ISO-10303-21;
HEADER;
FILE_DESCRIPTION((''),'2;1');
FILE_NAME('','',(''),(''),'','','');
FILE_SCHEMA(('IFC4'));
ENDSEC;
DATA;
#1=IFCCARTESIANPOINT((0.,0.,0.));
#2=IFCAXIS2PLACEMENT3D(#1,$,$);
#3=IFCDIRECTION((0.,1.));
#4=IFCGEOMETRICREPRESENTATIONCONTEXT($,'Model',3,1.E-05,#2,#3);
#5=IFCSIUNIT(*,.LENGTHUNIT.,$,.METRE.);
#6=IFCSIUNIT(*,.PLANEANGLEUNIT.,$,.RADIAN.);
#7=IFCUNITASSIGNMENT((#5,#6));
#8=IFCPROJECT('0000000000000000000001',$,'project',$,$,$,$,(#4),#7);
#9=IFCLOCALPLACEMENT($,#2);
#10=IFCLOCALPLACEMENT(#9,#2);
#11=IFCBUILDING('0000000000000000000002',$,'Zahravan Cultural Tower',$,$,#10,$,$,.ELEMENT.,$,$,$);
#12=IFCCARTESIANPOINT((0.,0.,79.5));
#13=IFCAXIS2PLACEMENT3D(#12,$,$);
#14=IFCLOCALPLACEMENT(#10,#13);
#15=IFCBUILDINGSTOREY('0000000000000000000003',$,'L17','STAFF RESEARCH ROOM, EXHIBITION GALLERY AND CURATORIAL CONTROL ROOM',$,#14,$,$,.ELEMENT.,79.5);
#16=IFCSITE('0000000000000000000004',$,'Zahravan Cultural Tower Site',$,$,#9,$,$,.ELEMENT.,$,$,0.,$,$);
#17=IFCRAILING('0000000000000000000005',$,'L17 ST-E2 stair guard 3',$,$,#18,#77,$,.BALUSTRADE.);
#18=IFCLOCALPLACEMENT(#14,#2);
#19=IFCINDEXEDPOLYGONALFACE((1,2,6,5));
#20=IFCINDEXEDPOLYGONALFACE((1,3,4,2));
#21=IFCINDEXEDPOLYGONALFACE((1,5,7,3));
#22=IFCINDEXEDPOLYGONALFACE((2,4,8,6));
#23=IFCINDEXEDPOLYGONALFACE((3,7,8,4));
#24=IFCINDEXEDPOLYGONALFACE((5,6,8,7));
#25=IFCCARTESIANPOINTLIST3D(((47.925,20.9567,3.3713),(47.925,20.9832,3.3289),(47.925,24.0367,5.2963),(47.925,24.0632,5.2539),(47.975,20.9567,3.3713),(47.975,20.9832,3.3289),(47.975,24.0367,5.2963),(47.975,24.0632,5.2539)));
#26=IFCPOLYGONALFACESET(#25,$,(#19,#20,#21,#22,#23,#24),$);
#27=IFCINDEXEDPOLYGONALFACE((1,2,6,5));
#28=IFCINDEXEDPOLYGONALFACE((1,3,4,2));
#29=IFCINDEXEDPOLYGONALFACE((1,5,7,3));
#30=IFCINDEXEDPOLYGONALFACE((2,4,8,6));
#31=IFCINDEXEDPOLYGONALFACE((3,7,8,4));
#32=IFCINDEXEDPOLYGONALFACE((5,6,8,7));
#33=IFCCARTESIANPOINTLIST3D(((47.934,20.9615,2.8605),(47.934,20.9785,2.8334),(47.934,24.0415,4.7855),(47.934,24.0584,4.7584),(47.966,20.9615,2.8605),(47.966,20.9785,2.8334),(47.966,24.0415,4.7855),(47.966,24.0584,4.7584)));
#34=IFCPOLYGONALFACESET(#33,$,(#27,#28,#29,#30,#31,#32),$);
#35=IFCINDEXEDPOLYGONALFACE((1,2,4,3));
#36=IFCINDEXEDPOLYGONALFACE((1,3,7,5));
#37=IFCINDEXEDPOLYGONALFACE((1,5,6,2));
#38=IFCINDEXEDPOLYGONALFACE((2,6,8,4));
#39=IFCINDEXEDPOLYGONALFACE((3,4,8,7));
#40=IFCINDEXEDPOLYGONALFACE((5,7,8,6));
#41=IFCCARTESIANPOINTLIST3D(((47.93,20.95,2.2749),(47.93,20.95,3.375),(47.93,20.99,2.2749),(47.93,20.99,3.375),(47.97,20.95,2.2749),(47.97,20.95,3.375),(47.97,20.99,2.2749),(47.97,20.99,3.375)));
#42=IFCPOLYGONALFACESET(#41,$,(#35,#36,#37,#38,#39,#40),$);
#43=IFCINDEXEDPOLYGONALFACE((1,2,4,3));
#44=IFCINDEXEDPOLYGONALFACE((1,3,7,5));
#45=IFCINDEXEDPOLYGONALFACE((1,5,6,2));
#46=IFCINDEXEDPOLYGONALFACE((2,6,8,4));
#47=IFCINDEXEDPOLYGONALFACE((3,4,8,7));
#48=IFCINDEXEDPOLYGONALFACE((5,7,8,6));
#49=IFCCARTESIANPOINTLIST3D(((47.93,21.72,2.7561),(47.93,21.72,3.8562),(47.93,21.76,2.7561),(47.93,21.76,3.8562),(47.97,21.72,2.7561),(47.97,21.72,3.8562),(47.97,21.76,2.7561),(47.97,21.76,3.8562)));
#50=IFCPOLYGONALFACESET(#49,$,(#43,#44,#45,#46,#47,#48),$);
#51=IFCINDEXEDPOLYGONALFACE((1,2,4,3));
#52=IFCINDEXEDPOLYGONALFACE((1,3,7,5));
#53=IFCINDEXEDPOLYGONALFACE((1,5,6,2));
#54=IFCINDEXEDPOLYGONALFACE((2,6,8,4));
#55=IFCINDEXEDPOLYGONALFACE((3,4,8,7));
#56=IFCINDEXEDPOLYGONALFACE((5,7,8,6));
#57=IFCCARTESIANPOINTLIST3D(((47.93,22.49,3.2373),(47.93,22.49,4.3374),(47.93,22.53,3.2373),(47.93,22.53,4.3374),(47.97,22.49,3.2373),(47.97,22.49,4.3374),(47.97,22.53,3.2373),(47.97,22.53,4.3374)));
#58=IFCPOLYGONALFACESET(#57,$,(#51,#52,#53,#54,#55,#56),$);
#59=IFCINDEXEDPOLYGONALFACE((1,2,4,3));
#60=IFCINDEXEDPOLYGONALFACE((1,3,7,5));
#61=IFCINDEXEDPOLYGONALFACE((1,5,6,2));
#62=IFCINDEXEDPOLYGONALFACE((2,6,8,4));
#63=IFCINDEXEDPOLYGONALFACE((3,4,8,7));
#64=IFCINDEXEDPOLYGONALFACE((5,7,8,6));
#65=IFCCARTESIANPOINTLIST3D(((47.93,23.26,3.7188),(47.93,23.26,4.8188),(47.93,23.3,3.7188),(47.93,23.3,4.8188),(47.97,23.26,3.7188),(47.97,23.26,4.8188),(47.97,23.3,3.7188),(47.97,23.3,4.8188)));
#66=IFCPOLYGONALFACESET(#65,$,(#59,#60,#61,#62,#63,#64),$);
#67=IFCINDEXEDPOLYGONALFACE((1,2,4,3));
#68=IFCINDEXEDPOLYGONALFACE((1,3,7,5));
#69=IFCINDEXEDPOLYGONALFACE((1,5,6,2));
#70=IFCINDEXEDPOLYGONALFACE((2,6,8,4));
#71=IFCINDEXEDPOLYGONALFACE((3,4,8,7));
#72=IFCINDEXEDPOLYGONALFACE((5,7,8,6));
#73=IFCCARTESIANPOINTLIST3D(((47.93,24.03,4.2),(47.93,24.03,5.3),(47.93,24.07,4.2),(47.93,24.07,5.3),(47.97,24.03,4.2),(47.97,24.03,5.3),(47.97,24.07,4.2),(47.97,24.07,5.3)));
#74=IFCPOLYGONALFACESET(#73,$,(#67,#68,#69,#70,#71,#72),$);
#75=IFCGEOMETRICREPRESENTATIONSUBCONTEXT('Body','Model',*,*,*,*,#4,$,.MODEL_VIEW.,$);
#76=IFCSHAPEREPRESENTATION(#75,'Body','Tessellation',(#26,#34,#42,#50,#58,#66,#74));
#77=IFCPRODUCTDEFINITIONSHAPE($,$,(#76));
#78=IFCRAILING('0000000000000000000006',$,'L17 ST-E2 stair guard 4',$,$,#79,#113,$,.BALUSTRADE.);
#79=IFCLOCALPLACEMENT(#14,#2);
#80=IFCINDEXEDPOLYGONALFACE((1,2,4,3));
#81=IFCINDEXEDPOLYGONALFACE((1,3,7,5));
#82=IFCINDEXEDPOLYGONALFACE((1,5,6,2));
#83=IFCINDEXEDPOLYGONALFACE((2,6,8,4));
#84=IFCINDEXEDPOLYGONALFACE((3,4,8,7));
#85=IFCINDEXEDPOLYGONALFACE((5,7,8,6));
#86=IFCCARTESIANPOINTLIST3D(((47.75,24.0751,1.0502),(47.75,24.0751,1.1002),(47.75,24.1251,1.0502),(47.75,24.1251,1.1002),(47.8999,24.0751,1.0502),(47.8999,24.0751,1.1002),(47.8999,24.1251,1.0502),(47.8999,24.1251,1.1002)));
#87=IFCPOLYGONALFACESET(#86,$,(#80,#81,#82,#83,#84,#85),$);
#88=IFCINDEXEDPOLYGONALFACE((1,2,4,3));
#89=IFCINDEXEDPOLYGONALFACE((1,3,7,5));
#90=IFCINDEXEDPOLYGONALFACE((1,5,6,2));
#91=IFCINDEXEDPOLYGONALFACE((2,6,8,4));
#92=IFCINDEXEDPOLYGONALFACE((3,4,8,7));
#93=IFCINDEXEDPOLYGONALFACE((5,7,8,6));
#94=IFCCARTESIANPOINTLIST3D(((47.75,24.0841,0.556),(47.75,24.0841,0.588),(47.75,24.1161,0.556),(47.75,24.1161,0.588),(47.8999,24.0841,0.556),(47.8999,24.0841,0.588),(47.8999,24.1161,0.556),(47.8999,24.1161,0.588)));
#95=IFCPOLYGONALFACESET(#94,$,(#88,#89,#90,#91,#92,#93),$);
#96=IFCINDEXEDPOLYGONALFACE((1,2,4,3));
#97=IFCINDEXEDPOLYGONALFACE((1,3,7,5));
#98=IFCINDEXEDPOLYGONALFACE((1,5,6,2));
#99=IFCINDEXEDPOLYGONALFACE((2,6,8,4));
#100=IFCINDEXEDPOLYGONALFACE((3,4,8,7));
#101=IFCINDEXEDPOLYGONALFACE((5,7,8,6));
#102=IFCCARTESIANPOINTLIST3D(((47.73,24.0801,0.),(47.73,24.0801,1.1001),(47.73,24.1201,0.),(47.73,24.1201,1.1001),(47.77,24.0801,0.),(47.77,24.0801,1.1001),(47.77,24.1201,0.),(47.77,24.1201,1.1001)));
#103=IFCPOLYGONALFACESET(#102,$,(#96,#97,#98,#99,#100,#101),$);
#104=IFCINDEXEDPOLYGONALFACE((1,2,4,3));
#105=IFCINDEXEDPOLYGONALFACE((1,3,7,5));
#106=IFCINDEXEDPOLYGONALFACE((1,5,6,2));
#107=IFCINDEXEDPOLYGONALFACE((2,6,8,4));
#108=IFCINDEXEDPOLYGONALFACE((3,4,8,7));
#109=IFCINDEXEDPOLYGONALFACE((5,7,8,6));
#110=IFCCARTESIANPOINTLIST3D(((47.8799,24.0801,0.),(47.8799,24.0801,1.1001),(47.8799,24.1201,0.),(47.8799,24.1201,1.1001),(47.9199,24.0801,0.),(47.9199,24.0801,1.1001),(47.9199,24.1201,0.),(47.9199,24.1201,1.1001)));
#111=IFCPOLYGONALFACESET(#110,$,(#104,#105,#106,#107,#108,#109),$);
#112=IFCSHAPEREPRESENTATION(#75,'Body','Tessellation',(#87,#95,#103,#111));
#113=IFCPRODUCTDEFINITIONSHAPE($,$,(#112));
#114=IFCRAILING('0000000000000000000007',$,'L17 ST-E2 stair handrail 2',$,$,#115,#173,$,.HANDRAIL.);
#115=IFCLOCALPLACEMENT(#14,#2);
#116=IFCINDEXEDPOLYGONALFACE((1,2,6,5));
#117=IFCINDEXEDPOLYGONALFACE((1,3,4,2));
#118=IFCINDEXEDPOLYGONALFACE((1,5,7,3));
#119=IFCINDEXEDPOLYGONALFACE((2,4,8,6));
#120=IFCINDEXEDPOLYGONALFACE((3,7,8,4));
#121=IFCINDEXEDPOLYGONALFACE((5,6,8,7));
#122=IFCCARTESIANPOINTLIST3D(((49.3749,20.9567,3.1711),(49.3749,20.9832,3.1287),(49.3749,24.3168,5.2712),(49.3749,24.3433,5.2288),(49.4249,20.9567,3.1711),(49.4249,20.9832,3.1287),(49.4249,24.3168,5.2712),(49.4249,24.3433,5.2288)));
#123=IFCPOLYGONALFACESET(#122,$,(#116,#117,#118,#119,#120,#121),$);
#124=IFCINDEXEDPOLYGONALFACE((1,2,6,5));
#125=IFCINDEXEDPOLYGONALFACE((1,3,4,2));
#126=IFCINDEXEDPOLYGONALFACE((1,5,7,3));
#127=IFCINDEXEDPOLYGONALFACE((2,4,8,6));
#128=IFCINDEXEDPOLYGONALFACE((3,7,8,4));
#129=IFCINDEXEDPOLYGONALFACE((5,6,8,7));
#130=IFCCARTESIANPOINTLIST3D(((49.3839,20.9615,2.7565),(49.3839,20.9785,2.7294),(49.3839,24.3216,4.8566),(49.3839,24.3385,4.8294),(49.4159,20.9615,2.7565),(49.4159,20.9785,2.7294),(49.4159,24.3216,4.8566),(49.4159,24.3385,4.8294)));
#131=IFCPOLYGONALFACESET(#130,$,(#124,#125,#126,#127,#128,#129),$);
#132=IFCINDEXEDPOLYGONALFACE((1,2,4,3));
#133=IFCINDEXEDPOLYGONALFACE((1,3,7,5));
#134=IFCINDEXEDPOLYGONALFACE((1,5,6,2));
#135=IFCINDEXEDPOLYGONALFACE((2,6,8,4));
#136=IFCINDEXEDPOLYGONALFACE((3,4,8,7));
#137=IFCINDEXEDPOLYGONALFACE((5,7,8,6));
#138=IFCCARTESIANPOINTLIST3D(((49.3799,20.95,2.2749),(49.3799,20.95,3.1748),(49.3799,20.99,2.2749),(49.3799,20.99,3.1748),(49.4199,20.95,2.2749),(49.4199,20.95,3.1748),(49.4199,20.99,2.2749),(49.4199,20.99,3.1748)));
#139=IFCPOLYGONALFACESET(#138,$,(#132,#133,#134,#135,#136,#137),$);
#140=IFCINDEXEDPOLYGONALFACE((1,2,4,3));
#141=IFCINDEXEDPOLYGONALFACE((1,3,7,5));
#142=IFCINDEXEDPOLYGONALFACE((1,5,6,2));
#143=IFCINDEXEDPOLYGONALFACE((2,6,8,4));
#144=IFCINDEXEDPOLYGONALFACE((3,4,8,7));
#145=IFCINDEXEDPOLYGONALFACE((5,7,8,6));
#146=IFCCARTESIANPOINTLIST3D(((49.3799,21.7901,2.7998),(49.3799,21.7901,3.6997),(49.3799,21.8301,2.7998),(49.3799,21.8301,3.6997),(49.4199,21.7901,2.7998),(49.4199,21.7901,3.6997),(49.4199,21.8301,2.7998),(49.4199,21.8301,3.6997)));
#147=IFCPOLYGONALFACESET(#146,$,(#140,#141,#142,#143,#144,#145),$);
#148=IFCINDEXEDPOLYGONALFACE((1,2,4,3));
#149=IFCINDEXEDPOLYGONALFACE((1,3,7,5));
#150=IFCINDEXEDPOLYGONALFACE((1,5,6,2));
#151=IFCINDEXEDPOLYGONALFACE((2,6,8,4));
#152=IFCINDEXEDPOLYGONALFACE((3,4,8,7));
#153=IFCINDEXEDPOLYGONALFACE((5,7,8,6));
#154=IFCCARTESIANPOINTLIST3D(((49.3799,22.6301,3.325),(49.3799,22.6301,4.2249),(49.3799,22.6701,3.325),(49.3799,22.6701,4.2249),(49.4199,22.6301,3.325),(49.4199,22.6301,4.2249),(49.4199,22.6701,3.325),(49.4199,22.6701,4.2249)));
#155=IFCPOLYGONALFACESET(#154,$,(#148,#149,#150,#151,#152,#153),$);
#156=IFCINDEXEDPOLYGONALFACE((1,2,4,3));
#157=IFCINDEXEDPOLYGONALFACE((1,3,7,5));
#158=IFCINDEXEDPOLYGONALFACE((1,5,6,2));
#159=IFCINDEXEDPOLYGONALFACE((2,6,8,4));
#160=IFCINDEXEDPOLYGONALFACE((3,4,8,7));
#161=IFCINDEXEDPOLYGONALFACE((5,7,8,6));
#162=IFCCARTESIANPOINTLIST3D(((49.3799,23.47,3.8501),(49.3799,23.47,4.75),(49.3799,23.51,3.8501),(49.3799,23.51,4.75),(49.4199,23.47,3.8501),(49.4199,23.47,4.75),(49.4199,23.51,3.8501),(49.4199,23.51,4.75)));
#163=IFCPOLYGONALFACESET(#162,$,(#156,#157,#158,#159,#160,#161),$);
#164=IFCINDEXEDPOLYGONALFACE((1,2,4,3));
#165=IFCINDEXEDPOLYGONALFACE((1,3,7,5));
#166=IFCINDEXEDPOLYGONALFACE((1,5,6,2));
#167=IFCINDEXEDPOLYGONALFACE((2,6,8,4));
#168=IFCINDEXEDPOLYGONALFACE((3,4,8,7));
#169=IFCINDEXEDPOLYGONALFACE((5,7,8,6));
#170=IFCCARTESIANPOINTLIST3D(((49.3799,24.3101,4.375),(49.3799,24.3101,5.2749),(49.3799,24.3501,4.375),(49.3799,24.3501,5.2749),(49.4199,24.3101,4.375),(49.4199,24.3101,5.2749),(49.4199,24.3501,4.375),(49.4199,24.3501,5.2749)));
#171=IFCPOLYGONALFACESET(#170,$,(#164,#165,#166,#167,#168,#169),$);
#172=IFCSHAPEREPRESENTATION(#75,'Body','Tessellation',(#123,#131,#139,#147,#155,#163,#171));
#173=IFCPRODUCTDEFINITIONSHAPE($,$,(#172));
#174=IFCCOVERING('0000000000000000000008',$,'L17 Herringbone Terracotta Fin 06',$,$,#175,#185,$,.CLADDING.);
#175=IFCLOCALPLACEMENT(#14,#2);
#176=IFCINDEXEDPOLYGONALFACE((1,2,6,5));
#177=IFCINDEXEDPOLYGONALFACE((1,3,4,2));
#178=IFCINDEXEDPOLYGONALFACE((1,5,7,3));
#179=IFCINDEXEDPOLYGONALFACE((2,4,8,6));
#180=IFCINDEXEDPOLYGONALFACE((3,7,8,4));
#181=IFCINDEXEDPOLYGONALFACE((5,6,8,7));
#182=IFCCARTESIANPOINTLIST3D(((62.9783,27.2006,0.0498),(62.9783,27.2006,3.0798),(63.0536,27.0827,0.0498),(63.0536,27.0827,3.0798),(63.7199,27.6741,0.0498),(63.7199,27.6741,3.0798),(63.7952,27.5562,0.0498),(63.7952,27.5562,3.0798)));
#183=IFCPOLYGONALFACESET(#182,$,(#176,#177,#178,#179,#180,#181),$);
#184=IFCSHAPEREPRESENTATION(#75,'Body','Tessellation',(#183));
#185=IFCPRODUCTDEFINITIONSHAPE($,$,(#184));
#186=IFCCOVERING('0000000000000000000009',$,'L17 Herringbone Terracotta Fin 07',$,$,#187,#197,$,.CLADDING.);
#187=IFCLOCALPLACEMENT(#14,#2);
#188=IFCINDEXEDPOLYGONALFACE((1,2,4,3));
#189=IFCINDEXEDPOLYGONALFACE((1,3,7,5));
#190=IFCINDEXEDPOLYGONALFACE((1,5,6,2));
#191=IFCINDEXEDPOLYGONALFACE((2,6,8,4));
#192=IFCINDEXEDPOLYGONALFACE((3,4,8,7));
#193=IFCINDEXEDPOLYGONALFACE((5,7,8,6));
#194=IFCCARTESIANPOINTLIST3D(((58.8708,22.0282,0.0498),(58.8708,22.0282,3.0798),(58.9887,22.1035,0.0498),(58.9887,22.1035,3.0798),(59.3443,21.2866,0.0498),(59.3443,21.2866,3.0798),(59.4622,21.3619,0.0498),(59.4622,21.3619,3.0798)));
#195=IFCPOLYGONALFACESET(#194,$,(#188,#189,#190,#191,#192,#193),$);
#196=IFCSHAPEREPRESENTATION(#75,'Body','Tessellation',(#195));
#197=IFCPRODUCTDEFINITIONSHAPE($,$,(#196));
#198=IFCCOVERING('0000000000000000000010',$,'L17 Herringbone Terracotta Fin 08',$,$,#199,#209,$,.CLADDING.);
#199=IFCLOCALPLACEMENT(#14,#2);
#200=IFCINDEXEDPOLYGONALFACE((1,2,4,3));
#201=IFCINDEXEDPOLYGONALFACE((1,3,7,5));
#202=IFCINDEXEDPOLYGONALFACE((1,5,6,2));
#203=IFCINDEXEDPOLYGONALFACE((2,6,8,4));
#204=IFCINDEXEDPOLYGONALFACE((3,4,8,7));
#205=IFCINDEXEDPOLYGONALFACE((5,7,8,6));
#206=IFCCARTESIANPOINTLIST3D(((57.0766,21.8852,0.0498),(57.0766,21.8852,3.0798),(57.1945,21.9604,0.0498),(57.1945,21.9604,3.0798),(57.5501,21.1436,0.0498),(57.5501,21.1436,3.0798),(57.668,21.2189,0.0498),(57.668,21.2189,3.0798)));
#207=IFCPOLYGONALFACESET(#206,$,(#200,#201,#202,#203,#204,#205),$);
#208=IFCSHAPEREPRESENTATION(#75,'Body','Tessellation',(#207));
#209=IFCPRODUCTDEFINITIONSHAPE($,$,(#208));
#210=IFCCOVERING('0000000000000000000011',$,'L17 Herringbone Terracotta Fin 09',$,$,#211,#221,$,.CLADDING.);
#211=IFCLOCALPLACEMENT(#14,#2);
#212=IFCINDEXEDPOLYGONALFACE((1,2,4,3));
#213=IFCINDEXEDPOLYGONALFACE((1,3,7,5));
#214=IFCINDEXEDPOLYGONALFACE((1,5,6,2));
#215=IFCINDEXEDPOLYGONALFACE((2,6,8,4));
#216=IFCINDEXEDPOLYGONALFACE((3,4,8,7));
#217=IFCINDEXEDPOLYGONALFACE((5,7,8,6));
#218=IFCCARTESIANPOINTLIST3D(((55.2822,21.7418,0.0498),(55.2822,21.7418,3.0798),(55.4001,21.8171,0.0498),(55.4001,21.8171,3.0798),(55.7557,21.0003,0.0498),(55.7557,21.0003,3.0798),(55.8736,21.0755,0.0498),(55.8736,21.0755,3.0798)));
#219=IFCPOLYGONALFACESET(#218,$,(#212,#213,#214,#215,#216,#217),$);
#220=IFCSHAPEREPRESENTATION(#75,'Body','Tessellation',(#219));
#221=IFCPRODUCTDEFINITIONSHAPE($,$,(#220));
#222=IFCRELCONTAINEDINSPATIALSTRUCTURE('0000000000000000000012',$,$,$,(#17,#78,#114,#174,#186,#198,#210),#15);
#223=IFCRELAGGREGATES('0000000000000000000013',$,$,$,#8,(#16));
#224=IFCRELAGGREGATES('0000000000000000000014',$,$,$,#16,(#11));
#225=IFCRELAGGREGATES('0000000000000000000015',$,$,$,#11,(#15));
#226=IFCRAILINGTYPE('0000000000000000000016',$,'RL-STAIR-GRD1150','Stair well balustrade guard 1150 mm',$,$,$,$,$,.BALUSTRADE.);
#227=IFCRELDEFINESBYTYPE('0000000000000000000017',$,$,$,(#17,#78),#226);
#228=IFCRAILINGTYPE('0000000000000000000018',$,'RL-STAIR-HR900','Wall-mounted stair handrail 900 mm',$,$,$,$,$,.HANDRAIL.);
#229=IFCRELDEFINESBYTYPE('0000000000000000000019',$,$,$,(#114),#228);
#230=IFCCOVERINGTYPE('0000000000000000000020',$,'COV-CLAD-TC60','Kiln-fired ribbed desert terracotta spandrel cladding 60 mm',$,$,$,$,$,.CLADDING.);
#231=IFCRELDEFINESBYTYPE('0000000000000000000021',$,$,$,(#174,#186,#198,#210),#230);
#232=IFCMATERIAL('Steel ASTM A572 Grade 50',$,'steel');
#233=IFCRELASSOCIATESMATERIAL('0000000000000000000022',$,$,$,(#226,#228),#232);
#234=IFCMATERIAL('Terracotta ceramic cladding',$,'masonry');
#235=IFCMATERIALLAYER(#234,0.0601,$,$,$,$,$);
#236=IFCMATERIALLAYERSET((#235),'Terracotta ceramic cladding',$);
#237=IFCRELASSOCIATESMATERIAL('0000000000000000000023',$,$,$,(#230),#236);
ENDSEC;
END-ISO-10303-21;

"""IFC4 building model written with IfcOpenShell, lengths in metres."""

from ifc_helpers import new_model, si_unit, direction, frame, origin, origin_2d, place, context, subcontext, project, spatial, rectangle, extrude, source, transform, mapped, material, layer, layer_set, type_object, element, save


model = new_model("IFC4")

# Units and contexts
model_context = context("Model", 3, precision=1e-05, world=origin(), true_north=direction((0.0, 1.0)))
body_context = subcontext(model_context, "Body", "Model", "MODEL_VIEW")
ifc_project = project(units=[si_unit("LENGTHUNIT", "METRE"), si_unit("PLANEANGLEUNIT", "RADIAN")], contexts=[model_context])

# Site, building, storey
site_placement = place(None, origin())
site = spatial("IfcSite", under=ifc_project, at=site_placement, Name="Zahravan Cultural Tower Site", CompositionType="ELEMENT", RefElevation=0.0)
building_placement = place(site_placement, origin())
building = spatial("IfcBuilding", under=site, at=building_placement, Name="Zahravan Cultural Tower", CompositionType="ELEMENT")
storey_placement = place(building_placement, frame((0.0, 0.0, 79.5)))
storey = spatial("IfcBuildingStorey", under=building, at=storey_placement, Name="L17", Description="STAFF RESEARCH ROOM, EXHIBITION GALLERY AND CURATORIAL CONTROL ROOM", CompositionType="ELEMENT", Elevation=79.5)

# Railings
ifc_material_1 = material(Name="Steel ASTM A572 Grade 50", Category="steel")
railing_type_1 = type_object("IfcRailingType", Name="RL-STAIR-GRD1150", Description="Stair well balustrade guard 1150 mm", PredefinedType="BALUSTRADE", material=ifc_material_1)
railing_1_placement = place(storey_placement, frame((47.95, 20.97, 2.2749)))
element("IfcRailing", 1, at=railing_1_placement, inside=storey, type_object=railing_type_1, Name="L17 ST-E2 stair guard 3", PredefinedType="BALUSTRADE", context=body_context, shape_type="SweptSolid", body=[
    extrude(rectangle(XDim=0.05, YDim=0.05, at=origin_2d()), frame((0.0, 0.0, 1.0752), z_axis=(0.0, 0.847998, 0.529999), x_axis=(-1.0, 0.0, 0.0)), (0.0, 0.0, 1.0), 3.6321),
    extrude(rectangle(XDim=0.032, YDim=0.032, at=origin_2d()), frame((0.0, 0.0, 0.572), z_axis=(0.0, 0.847998, 0.529999), x_axis=(-1.0, 0.0, 0.0)), (0.0, 0.0, 1.0), 3.6321),
    extrude(rectangle(XDim=0.04, YDim=0.04, at=origin_2d()), origin(), (0.0, 0.0, 1.0), 1.1001),
    extrude(rectangle(XDim=0.04, YDim=0.04, at=origin_2d()), frame((0.0, 0.77, 0.4812)), (0.0, 0.0, 1.0), 1.1001),
    extrude(rectangle(XDim=0.04, YDim=0.04, at=origin_2d()), frame((0.0, 1.54, 0.9624)), (0.0, 0.0, 1.0), 1.1001),
    extrude(rectangle(XDim=0.04, YDim=0.04, at=origin_2d()), frame((0.0, 2.3101, 1.4438)), (0.0, 0.0, 1.0), 1.1001),
    extrude(rectangle(XDim=0.04, YDim=0.04, at=origin_2d()), frame((0.0, 3.0801, 1.925)), (0.0, 0.0, 1.0), 1.1001),
])
railing_2_placement = place(storey_placement, frame((47.75, 24.1001, 0.0)))
element("IfcRailing", 2, at=railing_2_placement, inside=storey, type_object=railing_type_1, Name="L17 ST-E2 stair guard 4", PredefinedType="BALUSTRADE", context=body_context, shape_type="SweptSolid", body=[
    extrude(rectangle(XDim=0.05, YDim=0.05, at=origin_2d()), frame((0.0, 0.0, 1.0752), z_axis=(1.0, 0.0, 0.0), x_axis=(0.0, 1.0, 0.0)), (0.0, 0.0, 1.0), 0.1499),
    extrude(rectangle(XDim=0.032, YDim=0.032, at=origin_2d()), frame((0.0, 0.0, 0.572), z_axis=(1.0, 0.0, 0.0), x_axis=(0.0, 1.0, 0.0)), (0.0, 0.0, 1.0), 0.1499),
    extrude(rectangle(XDim=0.04, YDim=0.04, at=origin_2d()), origin(), (0.0, 0.0, 1.0), 1.1001),
    extrude(rectangle(XDim=0.04, YDim=0.04, at=origin_2d()), frame((0.1499, 0.0, 0.0)), (0.0, 0.0, 1.0), 1.1001),
])
railing_type_2 = type_object("IfcRailingType", Name="RL-STAIR-HR900", Description="Wall-mounted stair handrail 900 mm", PredefinedType="HANDRAIL", material=ifc_material_1)
railing_3_placement = place(storey_placement, frame((49.3999, 20.97, 2.2749)))
element("IfcRailing", 3, at=railing_3_placement, inside=storey, type_object=railing_type_2, Name="L17 ST-E2 stair handrail 2", PredefinedType="HANDRAIL", context=body_context, shape_type="SweptSolid", body=[
    extrude(rectangle(XDim=0.05, YDim=0.05, at=origin_2d()), frame((0.0, 0.0, 0.875), z_axis=(0.0, 0.847995, 0.530004), x_axis=(-1.0, 0.0, 0.0)), (0.0, 0.0, 1.0), 3.9624),
    extrude(rectangle(XDim=0.032, YDim=0.032, at=origin_2d()), frame((0.0, 0.0, 0.468), z_axis=(0.0, 0.847995, 0.530004), x_axis=(-1.0, 0.0, 0.0)), (0.0, 0.0, 1.0), 3.9624),
    extrude(rectangle(XDim=0.04, YDim=0.04, at=origin_2d()), origin(), (0.0, 0.0, 1.0), 0.8999),
    extrude(rectangle(XDim=0.04, YDim=0.04, at=origin_2d()), frame((0.0, 0.8401, 0.5249)), (0.0, 0.0, 1.0), 0.8999),
    extrude(rectangle(XDim=0.04, YDim=0.04, at=origin_2d()), frame((0.0, 1.6802, 1.05)), (0.0, 0.0, 1.0), 0.8999),
    extrude(rectangle(XDim=0.04, YDim=0.04, at=origin_2d()), frame((0.0, 2.52, 1.5752)), (0.0, 0.0, 1.0), 0.8999),
    extrude(rectangle(XDim=0.04, YDim=0.04, at=origin_2d()), frame((0.0, 3.3601, 2.1001)), (0.0, 0.0, 1.0), 0.8999),
])

# Coverings
ifc_material_2 = material(Name="Terracotta ceramic cladding", Category="masonry")
ifc_layer_1 = layer(ifc_material_2, 0.0601)
ifc_layer_set_1 = layer_set([ifc_layer_1], Name="Terracotta ceramic cladding")
covering_type = type_object("IfcCoveringType", Name="COV-CLAD-TC60", Description="Kiln-fired ribbed desert terracotta spandrel cladding 60 mm", PredefinedType="CLADDING", material=ifc_layer_set_1)
shared_shape_1 = source(origin(), body_context, "Body", "SweptSolid", [
    extrude(rectangle(XDim=0.8799, YDim=0.1399, at=origin_2d()), origin(), (0.0, 0.0, 1.0), 3.03),
])
for number, where, z_axis, x_axis, name in (
    (4, (63.3867, 27.3784, 0.0498), (0.0, 0.0, 1.0), (0.842828, 0.538183, 0.0), "L17 Herringbone Terracotta Fin 06"),
    (5, (59.1665, 21.6951, 0.0498), (0.0, 0.0, 1.0), (0.538183, -0.842828, 0.0), "L17 Herringbone Terracotta Fin 07"),
    (6, (57.3723, 21.552, 0.0498), (0.0, 0.0, 1.0), (0.538183, -0.842828, 0.0), "L17 Herringbone Terracotta Fin 08"),
    (7, (55.5779, 21.4087, 0.0498), (0.0, 0.0, 1.0), (0.538183, -0.842828, 0.0), "L17 Herringbone Terracotta Fin 09"),
):
    element("IfcCovering", number, at=place(storey_placement, frame(where, z_axis=z_axis, x_axis=x_axis)), inside=storey, type_object=covering_type, Name=name, PredefinedType="CLADDING", context=body_context, shape_type="MappedRepresentation", body=[
        mapped(shared_shape_1, transform((0.0, 0.0, 0.0), x_axis=(1.0, 0.0, 0.0), y_axis=(0.0, 1.0, 0.0), z_axis=(0.0, 0.0, 1.0), scale=1.0)),
    ])

save(model, "model.ifc")
